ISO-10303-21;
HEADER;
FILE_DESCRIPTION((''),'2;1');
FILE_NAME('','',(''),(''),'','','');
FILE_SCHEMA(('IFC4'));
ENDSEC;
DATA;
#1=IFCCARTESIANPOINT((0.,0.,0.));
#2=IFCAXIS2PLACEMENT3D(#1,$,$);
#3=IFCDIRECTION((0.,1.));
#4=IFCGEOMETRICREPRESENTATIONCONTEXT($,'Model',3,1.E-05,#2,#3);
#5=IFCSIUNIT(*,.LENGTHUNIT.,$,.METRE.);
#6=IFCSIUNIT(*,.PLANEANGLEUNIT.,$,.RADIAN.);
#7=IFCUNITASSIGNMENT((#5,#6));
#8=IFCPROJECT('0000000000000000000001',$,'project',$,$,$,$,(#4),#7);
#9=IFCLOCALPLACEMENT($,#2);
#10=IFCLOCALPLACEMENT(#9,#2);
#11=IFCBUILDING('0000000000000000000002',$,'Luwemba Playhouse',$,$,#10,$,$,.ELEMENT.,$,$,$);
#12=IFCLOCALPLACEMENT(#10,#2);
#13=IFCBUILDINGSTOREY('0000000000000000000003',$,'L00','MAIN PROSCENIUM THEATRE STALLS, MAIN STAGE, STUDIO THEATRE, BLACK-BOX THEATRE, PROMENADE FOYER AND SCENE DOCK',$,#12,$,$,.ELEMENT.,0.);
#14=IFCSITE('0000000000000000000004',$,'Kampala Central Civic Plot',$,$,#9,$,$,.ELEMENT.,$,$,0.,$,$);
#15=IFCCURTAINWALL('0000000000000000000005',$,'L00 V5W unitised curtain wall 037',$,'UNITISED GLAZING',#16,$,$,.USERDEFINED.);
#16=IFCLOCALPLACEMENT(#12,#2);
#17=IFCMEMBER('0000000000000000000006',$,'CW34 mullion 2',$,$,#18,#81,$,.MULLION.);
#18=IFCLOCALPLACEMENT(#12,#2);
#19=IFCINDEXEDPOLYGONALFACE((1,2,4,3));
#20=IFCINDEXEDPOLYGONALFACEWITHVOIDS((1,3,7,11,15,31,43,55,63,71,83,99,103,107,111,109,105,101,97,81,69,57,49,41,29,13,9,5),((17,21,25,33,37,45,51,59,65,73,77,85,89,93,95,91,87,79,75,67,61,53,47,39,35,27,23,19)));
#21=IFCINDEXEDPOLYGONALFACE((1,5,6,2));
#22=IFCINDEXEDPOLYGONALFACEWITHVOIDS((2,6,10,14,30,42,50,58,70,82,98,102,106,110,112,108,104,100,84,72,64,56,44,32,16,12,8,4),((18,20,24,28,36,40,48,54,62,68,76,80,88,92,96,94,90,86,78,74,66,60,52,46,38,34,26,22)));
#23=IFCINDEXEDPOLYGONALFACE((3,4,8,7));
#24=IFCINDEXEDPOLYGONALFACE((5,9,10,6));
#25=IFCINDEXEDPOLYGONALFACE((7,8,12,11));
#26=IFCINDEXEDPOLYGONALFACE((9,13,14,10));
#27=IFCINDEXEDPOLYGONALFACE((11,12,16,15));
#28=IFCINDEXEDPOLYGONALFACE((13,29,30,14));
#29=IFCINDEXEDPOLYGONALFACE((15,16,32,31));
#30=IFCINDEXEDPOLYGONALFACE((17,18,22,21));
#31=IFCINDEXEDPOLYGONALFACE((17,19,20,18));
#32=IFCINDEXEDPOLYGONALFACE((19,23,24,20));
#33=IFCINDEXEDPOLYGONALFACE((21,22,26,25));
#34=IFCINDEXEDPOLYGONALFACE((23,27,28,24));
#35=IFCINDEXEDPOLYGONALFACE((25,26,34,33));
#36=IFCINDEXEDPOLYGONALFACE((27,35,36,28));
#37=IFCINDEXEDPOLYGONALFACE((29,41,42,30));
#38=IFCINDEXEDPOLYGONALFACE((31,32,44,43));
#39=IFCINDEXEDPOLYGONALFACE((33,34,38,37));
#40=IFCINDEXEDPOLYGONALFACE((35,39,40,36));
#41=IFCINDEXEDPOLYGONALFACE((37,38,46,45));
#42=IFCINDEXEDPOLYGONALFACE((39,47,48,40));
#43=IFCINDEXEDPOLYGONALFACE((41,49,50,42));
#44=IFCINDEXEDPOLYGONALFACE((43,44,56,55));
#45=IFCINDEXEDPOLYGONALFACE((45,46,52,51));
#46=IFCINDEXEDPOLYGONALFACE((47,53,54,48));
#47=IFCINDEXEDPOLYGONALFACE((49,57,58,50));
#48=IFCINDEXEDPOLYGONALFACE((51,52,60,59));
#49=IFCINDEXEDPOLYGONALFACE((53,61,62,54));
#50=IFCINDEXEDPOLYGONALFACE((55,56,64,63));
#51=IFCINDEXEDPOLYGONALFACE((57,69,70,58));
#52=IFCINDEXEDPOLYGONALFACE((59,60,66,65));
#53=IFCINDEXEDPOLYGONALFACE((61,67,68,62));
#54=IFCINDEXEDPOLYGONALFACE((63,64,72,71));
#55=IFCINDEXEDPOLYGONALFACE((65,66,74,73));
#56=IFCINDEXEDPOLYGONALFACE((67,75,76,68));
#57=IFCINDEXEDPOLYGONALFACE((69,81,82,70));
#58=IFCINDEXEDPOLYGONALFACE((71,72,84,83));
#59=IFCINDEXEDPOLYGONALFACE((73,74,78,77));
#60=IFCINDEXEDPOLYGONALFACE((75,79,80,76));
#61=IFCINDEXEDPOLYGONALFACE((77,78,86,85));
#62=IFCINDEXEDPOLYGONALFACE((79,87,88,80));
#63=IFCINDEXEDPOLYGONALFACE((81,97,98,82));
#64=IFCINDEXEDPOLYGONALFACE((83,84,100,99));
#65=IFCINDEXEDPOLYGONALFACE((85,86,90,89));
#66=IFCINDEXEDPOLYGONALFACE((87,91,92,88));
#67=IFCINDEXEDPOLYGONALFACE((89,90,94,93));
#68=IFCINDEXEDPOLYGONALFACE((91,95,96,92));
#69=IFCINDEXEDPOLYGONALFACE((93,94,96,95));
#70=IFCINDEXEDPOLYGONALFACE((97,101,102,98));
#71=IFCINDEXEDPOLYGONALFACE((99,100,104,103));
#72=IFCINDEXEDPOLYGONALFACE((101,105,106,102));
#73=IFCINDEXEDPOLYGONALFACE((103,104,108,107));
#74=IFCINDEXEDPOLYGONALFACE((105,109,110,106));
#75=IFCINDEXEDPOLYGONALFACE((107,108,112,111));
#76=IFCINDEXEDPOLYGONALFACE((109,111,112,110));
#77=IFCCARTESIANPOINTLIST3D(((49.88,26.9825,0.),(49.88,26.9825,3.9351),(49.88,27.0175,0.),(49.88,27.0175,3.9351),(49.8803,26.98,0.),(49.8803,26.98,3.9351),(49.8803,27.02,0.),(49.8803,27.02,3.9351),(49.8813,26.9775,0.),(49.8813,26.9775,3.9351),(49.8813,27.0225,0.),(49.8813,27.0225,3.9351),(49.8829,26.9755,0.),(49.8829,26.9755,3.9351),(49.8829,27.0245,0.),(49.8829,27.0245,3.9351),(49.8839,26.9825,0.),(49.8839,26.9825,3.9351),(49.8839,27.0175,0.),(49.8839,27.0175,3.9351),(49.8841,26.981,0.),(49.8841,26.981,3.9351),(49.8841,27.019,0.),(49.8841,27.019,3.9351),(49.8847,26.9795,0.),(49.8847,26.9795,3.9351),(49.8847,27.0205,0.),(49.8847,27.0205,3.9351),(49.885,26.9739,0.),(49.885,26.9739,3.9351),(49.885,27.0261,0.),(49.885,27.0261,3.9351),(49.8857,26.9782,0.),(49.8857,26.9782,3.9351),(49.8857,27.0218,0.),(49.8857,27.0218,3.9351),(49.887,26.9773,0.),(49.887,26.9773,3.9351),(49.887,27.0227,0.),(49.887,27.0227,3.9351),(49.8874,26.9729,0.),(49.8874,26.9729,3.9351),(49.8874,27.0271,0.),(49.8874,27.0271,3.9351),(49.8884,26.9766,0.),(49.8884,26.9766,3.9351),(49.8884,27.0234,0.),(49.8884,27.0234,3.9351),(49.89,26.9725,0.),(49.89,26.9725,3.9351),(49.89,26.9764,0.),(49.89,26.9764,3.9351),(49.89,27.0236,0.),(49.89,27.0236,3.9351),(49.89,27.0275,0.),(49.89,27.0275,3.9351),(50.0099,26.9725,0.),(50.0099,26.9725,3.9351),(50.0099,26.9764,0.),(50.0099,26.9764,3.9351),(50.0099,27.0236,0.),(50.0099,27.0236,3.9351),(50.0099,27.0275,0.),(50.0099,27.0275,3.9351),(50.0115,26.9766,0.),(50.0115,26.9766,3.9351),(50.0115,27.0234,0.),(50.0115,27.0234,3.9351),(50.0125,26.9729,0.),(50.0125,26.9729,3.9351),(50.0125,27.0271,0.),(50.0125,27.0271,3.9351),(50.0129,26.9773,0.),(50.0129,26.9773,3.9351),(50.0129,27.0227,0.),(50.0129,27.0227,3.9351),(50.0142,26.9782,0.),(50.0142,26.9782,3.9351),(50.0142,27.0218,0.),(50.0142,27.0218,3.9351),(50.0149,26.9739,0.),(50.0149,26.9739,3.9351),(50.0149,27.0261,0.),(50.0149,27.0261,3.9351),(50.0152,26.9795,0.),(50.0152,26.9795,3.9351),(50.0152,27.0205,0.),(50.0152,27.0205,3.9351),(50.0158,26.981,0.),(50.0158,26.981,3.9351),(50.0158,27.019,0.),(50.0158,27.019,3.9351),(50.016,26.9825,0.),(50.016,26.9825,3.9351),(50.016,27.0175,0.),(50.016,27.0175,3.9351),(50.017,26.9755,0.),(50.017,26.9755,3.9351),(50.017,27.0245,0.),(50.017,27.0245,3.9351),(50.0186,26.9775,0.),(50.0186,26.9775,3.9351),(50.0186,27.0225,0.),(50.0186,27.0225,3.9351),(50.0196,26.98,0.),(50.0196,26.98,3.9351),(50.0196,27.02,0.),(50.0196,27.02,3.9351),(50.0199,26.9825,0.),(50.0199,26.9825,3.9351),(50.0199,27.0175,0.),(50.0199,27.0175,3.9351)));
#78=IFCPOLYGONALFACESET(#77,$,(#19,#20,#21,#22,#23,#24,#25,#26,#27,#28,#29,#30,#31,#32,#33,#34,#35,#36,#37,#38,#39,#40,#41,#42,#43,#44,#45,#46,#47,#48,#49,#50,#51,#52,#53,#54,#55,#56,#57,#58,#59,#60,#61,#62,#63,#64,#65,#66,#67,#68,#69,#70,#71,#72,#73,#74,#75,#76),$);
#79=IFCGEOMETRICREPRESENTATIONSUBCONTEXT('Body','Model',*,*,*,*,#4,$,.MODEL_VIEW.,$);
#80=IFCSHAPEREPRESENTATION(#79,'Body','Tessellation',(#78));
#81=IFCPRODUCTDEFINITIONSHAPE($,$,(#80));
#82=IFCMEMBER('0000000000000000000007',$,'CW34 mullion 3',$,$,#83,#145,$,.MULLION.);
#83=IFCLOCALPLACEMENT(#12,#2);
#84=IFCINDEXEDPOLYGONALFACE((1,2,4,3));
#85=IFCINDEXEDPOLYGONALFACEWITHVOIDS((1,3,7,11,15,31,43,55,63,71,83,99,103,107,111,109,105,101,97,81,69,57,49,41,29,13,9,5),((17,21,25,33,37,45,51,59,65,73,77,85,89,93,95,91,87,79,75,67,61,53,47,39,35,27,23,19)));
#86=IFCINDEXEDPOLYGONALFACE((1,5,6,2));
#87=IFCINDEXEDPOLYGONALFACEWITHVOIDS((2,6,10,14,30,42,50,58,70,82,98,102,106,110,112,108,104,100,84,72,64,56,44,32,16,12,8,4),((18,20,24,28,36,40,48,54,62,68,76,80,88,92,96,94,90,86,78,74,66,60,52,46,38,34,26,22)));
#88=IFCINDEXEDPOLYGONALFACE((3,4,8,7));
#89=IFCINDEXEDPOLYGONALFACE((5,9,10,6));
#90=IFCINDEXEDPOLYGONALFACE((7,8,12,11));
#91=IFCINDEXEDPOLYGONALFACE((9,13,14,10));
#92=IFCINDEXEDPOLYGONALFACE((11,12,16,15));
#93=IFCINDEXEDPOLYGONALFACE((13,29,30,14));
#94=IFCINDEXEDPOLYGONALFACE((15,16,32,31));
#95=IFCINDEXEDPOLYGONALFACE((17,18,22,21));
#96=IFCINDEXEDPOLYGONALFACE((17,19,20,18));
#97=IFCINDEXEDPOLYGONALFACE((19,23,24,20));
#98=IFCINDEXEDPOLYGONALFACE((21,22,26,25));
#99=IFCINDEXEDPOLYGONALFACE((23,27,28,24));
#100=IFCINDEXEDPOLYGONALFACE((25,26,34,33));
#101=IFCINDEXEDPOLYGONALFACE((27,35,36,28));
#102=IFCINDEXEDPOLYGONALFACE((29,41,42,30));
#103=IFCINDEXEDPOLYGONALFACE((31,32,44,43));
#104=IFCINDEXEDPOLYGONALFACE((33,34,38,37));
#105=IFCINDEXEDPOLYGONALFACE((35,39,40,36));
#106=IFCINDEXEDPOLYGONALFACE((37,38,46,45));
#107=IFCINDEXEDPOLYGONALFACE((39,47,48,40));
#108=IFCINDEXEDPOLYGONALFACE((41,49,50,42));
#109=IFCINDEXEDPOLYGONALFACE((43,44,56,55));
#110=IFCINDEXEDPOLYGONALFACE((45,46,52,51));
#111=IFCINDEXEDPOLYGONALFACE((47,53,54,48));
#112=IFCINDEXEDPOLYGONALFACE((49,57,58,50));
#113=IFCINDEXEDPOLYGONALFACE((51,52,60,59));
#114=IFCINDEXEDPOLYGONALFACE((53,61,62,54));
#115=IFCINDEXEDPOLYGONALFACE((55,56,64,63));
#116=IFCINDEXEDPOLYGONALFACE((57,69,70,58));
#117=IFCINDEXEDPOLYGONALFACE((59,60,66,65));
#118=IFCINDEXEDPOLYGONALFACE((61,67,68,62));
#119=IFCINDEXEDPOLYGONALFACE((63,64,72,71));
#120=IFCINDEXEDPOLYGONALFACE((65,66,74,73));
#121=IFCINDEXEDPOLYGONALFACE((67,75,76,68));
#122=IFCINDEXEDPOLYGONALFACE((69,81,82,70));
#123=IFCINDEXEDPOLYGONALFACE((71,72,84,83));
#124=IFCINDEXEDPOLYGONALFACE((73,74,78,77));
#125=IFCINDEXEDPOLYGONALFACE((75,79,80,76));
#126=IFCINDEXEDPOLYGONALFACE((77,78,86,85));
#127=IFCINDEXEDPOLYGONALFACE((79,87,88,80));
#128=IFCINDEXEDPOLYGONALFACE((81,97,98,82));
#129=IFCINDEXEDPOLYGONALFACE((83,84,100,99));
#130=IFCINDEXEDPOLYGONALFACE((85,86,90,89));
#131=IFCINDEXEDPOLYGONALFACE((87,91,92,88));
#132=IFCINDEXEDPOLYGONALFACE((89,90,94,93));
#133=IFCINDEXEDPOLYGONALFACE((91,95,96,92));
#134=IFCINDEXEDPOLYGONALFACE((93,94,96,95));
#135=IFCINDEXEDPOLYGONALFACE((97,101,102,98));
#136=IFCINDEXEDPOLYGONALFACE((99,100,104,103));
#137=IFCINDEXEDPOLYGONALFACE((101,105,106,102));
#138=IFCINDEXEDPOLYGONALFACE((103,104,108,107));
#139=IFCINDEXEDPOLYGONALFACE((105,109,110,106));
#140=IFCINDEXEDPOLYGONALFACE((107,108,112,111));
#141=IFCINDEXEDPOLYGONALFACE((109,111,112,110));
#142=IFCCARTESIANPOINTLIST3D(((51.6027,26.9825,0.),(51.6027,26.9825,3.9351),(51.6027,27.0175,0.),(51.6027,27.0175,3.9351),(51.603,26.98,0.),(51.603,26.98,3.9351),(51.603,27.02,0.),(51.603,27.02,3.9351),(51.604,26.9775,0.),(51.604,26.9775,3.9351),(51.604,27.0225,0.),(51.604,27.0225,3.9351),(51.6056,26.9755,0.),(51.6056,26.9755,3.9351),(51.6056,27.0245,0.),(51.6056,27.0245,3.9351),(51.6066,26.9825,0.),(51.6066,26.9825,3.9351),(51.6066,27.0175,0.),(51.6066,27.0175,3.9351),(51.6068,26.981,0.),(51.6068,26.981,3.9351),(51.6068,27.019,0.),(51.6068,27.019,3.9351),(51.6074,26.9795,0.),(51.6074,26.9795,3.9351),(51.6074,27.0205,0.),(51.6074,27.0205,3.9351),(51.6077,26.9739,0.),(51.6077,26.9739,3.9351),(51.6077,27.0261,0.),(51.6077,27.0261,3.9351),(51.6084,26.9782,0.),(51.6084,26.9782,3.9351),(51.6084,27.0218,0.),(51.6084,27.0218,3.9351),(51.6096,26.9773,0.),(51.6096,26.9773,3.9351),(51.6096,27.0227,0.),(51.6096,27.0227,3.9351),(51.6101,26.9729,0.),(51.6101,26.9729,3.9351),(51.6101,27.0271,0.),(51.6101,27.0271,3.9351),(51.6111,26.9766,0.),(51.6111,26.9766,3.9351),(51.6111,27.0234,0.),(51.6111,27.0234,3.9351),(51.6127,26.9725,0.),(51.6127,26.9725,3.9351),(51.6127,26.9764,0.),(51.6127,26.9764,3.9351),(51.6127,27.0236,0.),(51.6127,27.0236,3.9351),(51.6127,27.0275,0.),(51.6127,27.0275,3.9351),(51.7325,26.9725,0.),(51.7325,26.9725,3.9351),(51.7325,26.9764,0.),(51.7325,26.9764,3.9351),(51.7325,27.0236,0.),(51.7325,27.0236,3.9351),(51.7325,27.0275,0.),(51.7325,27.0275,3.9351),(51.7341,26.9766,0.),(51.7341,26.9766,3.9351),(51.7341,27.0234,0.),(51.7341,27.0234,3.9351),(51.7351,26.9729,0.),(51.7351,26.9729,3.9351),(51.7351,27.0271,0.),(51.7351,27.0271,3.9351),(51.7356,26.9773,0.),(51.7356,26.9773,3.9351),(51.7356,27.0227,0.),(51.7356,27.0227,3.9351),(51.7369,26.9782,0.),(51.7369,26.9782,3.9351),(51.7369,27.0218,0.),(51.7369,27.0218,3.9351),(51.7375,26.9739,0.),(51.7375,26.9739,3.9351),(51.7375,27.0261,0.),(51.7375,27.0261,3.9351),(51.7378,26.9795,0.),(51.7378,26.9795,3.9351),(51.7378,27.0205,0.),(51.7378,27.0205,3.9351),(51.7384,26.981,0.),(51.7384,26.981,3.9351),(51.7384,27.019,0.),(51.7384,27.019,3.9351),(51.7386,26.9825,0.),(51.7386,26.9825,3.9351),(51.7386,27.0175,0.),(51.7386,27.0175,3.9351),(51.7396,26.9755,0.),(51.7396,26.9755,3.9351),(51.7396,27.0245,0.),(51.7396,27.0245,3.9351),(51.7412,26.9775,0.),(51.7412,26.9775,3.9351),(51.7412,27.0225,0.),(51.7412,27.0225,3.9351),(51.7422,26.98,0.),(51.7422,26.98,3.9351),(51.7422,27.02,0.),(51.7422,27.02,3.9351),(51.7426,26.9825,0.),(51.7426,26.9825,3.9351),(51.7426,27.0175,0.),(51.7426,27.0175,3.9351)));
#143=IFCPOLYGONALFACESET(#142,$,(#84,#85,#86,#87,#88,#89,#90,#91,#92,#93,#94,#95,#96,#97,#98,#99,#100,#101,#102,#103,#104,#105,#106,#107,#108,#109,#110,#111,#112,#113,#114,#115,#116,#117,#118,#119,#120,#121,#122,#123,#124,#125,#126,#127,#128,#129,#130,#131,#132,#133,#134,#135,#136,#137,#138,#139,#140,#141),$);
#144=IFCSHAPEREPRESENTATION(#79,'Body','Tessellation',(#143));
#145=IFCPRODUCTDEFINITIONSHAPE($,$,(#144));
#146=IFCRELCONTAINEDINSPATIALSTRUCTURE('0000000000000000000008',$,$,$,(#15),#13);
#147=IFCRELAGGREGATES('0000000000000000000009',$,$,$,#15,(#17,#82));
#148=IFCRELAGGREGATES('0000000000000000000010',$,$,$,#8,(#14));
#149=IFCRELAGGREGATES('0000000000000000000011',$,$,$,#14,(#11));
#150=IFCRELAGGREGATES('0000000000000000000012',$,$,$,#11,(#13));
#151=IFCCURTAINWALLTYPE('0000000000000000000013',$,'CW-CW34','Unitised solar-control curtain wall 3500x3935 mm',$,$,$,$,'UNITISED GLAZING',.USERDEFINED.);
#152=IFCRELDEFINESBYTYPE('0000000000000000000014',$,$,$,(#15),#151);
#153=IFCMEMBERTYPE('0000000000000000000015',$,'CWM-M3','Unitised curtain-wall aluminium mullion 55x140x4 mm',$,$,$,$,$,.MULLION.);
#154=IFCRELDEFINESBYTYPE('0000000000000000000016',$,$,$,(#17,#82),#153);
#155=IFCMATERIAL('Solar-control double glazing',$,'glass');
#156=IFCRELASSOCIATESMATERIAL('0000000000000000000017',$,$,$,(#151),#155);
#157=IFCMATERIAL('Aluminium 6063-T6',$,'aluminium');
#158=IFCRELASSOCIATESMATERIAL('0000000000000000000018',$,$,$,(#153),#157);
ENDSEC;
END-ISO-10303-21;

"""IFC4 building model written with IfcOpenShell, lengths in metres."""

from ifc_helpers import new_model, si_unit, direction, frame, origin, origin_2d, place, context, subcontext, project, spatial, hollow_rectangle, extrude, material, material_profile, profile_set, type_object, element, aggregate, save


model = new_model("IFC4")

# Units and contexts
model_context = context("Model", 3, precision=1e-05, world=origin(), true_north=direction((0.0, 1.0)))
body_context = subcontext(model_context, "Body", "Model", "MODEL_VIEW")
ifc_project = project(units=[si_unit("LENGTHUNIT", "METRE"), si_unit("PLANEANGLEUNIT", "RADIAN")], contexts=[model_context])

# Site, building, storey
site_placement = place(None, origin())
site = spatial("IfcSite", under=ifc_project, at=site_placement, Name="Kampala Central Civic Plot", CompositionType="ELEMENT", RefElevation=0.0)
building_placement = place(site_placement, origin())
building = spatial("IfcBuilding", under=site, at=building_placement, Name="Luwemba Playhouse", CompositionType="ELEMENT")
storey_placement = place(building_placement, origin())
storey = spatial("IfcBuildingStorey", under=building, at=storey_placement, Name="L00", Description="MAIN PROSCENIUM THEATRE STALLS, MAIN STAGE, STUDIO THEATRE, BLACK-BOX THEATRE, PROMENADE FOYER AND SCENE DOCK", CompositionType="ELEMENT", Elevation=0.0)

# Shared definitions
ifc_material_1 = material(Name="Solar-control double glazing", Category="glass")
ifc_material_2 = material(Name="Aluminium 6063-T6", Category="aluminium")

# Curtain wall, members
curtain_wall_type_1 = type_object("IfcCurtainWallType", Name="CW-CW34", Description="Unitised solar-control curtain wall 3500x3935 mm", ElementType="UNITISED GLAZING", PredefinedType="USERDEFINED", material=ifc_material_1)
curtain_wall_1_placement = place(storey_placement, origin())
curtain_wall_1 = element("IfcCurtainWall", 1, at=curtain_wall_1_placement, inside=storey, type_object=curtain_wall_type_1, Name="L00 V5W unitised curtain wall 037", ObjectType="UNITISED GLAZING", PredefinedType="USERDEFINED")
ifc_material_profile_1 = material_profile(ifc_material_2, hollow_rectangle(XDim=0.0549, YDim=0.1399, WallThickness=0.0039, InnerFilletRadius=0.0061, OuterFilletRadius=0.01, at=origin_2d()))
ifc_profile_set_1 = profile_set([ifc_material_profile_1], Name="Aluminium 6063-T6")
member_type_1 = type_object("IfcMemberType", Name="CWM-M3", Description="Unitised curtain-wall aluminium mullion 55x140x4 mm", PredefinedType="MULLION", material=ifc_profile_set_1)
member_1_placement = place(storey_placement, frame((49.95, 27.0, 0.0), z_axis=(0.0, 0.0, 1.0), x_axis=(0.0, 1.0, 0.0)))
member_1 = element("IfcMember", 2, at=member_1_placement, type_object=member_type_1, Name="CW34 mullion 2", PredefinedType="MULLION", context=body_context, shape_type="SweptSolid", body=[
    extrude(hollow_rectangle(XDim=0.0549, YDim=0.1399, WallThickness=0.0039, InnerFilletRadius=0.0061, OuterFilletRadius=0.01, at=origin_2d()), origin(), (0.0, 0.0, 1.0), 3.9351),
])
member_2_placement = place(storey_placement, frame((51.6726, 27.0, 0.0), z_axis=(0.0, 0.0, 1.0), x_axis=(0.0, 1.0, 0.0)))
member_2 = element("IfcMember", 3, at=member_2_placement, type_object=member_type_1, Name="CW34 mullion 3", PredefinedType="MULLION", context=body_context, shape_type="SweptSolid", body=[
    extrude(hollow_rectangle(XDim=0.0549, YDim=0.1399, WallThickness=0.0039, InnerFilletRadius=0.0061, OuterFilletRadius=0.01, at=origin_2d()), origin(), (0.0, 0.0, 1.0), 3.9351),
])

aggregate(curtain_wall_1, [member_1, member_2])

save(model, "model.ifc")
